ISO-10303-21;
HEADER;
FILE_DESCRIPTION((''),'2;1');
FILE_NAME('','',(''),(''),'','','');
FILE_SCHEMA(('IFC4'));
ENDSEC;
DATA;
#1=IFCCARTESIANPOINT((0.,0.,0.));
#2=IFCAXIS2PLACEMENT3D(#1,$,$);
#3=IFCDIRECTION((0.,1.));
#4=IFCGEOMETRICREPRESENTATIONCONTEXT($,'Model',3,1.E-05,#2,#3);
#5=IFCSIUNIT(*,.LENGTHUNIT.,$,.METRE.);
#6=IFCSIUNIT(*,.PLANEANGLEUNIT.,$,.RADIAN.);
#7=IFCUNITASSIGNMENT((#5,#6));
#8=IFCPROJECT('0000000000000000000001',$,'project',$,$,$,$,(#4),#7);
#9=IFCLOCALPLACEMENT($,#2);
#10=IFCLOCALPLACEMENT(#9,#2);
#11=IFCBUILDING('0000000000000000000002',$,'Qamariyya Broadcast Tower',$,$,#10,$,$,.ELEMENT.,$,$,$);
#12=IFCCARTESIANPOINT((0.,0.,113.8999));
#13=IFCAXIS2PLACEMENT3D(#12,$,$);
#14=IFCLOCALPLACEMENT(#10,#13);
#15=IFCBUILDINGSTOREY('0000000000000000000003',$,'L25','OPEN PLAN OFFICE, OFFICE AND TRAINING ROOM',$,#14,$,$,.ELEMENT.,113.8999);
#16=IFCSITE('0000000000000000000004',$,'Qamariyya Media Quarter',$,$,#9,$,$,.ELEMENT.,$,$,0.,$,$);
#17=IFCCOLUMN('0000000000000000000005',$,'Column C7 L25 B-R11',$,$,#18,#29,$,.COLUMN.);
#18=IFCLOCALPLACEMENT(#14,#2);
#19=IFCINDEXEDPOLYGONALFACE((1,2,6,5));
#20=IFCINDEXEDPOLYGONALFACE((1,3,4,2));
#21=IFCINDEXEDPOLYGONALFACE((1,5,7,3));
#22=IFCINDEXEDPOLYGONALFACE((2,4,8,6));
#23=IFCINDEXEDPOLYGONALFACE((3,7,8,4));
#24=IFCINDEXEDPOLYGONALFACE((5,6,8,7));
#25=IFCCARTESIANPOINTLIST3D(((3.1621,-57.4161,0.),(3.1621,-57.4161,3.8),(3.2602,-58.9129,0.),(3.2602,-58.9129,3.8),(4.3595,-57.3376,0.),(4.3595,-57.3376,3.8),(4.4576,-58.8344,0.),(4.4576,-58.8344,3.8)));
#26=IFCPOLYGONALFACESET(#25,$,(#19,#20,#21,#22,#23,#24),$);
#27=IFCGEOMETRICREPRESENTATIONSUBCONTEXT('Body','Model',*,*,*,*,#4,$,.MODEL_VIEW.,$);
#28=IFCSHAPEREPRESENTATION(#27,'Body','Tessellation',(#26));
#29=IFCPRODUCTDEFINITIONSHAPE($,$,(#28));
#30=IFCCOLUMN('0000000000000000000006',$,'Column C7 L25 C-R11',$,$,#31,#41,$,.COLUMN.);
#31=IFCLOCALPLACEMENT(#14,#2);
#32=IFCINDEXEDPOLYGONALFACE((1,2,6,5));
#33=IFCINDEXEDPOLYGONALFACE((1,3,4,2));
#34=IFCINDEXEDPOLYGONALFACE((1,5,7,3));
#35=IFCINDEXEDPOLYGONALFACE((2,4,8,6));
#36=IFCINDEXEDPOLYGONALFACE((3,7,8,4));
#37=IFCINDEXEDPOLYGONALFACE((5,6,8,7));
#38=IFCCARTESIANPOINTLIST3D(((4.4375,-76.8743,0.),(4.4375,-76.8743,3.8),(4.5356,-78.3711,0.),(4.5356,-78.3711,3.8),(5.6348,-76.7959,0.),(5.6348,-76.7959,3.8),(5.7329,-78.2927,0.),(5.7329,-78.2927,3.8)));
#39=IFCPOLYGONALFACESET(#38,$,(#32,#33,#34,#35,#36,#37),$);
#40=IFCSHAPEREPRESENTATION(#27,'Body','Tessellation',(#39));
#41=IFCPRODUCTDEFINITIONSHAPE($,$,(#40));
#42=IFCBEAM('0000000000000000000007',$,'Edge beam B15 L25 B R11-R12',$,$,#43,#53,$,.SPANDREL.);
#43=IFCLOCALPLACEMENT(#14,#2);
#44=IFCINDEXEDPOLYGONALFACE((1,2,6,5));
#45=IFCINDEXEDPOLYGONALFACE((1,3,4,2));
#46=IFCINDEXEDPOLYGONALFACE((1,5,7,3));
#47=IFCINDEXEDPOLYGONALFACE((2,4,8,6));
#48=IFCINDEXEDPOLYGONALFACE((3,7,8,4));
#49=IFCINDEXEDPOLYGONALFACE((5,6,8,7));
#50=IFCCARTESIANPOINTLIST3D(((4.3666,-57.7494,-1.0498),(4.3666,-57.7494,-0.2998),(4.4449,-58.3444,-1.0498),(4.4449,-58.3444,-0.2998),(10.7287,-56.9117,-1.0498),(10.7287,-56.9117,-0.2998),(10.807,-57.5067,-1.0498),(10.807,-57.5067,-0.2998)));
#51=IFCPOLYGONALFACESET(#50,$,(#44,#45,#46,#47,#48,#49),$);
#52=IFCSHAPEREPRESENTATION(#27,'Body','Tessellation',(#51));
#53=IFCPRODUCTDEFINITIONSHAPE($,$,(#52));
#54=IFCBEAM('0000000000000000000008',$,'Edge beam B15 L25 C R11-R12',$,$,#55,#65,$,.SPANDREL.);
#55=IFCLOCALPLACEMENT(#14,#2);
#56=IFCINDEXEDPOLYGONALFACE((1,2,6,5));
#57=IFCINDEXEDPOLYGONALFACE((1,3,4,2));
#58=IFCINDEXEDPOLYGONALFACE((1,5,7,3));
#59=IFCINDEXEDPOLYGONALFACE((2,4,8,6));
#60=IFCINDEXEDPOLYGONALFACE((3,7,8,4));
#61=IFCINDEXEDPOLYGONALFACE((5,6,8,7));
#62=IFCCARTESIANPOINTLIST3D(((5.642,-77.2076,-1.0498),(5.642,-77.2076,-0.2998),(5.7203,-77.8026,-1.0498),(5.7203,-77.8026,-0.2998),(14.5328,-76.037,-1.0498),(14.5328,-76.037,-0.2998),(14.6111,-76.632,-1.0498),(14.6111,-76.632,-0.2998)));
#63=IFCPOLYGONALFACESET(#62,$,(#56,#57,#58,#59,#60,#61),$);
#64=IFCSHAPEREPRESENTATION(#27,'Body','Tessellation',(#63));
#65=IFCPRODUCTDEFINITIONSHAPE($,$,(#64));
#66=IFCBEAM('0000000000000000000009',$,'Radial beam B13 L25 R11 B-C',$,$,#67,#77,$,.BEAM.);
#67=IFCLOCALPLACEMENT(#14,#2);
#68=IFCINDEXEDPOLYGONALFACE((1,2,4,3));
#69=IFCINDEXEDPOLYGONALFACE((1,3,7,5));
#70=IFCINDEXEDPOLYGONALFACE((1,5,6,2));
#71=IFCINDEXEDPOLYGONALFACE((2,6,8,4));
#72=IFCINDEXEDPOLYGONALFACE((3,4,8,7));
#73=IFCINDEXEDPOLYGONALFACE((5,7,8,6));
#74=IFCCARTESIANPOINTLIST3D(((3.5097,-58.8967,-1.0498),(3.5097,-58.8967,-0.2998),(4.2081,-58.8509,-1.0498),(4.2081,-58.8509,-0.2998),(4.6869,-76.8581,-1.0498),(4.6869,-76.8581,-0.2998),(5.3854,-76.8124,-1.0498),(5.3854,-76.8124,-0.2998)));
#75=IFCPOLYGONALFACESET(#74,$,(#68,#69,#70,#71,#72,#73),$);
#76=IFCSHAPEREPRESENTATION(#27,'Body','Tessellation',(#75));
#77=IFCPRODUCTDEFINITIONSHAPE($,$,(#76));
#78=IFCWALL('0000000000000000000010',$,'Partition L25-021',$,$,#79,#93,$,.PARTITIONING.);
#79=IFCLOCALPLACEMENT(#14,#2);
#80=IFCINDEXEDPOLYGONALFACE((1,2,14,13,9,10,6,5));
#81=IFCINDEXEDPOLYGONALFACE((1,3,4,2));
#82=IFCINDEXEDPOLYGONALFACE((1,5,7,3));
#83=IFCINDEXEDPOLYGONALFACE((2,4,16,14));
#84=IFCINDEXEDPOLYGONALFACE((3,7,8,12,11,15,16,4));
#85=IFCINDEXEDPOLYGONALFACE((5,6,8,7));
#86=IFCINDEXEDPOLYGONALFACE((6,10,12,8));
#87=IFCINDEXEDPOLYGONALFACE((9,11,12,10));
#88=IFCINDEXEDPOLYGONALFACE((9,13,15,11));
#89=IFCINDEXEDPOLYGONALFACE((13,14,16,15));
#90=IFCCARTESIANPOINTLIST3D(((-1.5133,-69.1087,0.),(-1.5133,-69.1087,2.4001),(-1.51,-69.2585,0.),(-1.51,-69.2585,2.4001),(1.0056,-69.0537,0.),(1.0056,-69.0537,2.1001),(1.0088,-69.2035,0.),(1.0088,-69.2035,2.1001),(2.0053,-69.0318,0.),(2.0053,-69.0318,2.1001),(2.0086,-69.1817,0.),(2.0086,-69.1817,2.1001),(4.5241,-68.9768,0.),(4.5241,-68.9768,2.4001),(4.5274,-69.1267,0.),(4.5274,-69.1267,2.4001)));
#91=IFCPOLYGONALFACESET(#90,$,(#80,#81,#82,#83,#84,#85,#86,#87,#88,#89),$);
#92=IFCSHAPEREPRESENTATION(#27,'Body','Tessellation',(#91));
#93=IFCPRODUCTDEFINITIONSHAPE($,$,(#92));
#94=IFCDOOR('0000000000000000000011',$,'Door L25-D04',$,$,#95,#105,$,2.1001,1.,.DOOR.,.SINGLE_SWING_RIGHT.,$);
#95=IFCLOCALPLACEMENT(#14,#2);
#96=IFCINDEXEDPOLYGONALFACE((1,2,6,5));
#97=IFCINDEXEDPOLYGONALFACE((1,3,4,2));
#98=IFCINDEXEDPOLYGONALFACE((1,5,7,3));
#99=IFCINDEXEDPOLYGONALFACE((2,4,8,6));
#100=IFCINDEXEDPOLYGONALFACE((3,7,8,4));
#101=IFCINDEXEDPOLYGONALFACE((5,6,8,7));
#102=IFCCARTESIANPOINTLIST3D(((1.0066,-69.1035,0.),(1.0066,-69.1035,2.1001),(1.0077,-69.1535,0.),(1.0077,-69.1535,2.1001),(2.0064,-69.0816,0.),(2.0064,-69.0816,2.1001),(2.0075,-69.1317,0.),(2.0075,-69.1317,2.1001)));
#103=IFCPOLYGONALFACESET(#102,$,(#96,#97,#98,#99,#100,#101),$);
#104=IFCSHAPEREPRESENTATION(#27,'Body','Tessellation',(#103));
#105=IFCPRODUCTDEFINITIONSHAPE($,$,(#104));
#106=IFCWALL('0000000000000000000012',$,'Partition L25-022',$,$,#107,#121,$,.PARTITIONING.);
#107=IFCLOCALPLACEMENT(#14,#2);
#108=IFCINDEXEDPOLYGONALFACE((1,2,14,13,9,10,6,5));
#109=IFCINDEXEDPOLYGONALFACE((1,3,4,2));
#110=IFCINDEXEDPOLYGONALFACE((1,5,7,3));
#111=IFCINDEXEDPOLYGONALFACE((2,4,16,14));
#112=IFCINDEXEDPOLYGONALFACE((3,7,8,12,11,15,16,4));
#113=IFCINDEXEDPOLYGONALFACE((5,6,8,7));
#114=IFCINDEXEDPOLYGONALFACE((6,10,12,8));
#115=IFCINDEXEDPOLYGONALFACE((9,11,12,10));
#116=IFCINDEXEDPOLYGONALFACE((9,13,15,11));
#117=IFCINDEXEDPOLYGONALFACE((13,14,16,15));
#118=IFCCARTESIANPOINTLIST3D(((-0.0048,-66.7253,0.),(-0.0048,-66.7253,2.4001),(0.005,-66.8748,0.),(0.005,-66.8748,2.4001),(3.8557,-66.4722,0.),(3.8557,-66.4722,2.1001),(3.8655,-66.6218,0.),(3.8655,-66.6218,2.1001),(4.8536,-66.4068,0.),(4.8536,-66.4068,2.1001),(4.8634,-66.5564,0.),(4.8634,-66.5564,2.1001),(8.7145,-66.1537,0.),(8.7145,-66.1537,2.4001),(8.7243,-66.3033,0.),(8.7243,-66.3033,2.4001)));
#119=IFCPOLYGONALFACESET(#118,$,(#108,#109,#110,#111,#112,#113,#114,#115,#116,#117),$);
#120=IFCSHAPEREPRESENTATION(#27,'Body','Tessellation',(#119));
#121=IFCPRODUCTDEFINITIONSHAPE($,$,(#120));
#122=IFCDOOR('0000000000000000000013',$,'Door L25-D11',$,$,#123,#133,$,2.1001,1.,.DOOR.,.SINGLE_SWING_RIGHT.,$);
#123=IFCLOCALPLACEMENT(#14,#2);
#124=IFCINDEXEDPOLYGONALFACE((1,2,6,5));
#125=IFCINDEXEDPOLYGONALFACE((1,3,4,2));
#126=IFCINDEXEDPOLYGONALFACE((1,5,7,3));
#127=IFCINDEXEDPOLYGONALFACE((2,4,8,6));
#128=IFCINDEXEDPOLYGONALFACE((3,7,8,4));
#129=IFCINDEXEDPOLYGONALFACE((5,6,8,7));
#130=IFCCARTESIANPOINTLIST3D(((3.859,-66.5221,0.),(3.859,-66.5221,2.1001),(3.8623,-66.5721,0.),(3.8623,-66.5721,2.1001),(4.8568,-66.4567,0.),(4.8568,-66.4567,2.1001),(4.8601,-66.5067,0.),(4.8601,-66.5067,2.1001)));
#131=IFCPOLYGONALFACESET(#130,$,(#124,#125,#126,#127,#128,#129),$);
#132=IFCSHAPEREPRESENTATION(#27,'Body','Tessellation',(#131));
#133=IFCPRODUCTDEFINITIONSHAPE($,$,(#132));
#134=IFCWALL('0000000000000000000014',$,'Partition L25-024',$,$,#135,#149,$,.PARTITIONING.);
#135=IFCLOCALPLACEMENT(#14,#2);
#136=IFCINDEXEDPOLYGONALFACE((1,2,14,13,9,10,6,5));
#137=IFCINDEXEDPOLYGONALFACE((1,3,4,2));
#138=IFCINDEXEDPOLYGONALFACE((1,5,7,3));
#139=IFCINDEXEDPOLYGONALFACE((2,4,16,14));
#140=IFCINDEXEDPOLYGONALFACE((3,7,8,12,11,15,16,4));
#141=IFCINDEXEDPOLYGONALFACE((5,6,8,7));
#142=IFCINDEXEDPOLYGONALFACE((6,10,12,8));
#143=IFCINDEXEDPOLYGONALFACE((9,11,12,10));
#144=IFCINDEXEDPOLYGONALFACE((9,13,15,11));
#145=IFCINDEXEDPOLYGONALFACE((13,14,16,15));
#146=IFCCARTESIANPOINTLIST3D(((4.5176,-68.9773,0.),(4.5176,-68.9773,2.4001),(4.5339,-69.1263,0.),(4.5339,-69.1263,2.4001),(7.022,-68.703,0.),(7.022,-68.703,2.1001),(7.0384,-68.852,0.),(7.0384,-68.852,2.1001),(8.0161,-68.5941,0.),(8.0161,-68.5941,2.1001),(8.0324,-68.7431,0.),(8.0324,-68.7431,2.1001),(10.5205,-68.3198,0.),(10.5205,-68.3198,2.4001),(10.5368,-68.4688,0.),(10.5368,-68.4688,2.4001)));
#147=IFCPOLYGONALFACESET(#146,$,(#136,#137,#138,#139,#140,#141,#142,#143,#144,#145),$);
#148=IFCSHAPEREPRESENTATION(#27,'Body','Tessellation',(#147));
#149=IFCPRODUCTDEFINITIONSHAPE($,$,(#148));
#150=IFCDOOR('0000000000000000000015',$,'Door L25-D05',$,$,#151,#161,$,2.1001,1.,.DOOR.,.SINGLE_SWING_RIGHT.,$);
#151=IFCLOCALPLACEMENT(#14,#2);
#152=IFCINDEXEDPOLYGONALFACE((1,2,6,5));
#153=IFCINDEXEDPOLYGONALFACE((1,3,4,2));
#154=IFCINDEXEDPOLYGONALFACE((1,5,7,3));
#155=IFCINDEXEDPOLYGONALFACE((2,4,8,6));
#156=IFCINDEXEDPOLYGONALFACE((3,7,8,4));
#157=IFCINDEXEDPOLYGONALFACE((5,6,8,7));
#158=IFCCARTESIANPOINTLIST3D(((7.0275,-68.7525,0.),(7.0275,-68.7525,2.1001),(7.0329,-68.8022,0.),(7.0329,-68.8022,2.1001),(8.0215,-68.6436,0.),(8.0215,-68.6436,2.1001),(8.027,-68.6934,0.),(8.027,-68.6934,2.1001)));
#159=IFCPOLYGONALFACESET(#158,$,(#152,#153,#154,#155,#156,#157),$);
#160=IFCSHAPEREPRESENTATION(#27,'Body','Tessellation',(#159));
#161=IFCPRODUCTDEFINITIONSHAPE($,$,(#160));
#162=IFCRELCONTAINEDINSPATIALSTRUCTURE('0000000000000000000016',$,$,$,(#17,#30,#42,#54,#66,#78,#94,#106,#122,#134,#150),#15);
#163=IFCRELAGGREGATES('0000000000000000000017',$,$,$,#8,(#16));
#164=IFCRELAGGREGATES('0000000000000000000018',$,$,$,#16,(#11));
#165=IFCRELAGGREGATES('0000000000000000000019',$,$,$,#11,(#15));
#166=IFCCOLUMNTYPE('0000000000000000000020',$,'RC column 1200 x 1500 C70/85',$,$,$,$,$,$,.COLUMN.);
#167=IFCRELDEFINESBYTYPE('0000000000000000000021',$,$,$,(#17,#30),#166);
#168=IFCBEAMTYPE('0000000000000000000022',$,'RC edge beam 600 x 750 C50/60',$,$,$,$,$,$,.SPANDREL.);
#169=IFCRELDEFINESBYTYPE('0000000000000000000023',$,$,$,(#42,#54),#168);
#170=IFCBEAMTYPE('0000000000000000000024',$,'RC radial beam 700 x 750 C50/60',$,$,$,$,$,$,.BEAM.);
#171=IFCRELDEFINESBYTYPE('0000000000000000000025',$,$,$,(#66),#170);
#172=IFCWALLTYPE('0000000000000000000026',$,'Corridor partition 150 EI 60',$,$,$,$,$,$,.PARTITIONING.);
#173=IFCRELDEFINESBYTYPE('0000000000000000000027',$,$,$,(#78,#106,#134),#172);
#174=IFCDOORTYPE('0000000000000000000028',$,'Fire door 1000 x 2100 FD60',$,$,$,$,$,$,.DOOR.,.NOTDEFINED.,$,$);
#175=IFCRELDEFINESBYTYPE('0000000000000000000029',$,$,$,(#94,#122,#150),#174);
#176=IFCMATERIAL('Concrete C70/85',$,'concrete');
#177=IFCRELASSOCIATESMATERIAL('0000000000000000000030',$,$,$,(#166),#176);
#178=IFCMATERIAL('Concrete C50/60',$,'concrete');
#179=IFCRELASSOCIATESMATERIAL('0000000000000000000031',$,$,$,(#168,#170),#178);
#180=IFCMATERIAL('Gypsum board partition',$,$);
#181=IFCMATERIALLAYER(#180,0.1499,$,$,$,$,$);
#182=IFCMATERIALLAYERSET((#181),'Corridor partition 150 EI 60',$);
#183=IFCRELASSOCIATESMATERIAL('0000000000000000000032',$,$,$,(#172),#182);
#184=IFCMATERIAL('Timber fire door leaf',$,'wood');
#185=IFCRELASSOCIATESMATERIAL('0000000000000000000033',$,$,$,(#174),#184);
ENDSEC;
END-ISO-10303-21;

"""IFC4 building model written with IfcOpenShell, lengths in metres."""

from ifc_helpers import new_model, si_unit, direction, frame, frame_2d, origin, origin_2d, place, context, subcontext, project, spatial, rectangle, extrude, material, layer, layer_set, material_profile, profile_set, type_object, element, fill, save


model = new_model("IFC4")

# Units and contexts
model_context = context("Model", 3, precision=1e-05, world=origin(), true_north=direction((0.0, 1.0)))
body_context = subcontext(model_context, "Body", "Model", "MODEL_VIEW")
ifc_project = project(units=[si_unit("LENGTHUNIT", "METRE"), si_unit("PLANEANGLEUNIT", "RADIAN")], contexts=[model_context])

# Site, building, storey
site_placement = place(None, origin())
site = spatial("IfcSite", under=ifc_project, at=site_placement, Name="Qamariyya Media Quarter", CompositionType="ELEMENT", RefElevation=0.0)
building_placement = place(site_placement, origin())
building = spatial("IfcBuilding", under=site, at=building_placement, Name="Qamariyya Broadcast Tower", CompositionType="ELEMENT")
storey_placement = place(building_placement, frame((0.0, 0.0, 113.8999)))
storey = spatial("IfcBuildingStorey", under=building, at=storey_placement, Name="L25", Description="OPEN PLAN OFFICE, OFFICE AND TRAINING ROOM", CompositionType="ELEMENT", Elevation=113.8999)

# Columns
ifc_material_1 = material(Name="Concrete C70/85", Category="concrete")
ifc_material_profile_1 = material_profile(ifc_material_1, rectangle(XDim=1.2, YDim=1.5, at=origin_2d()))
ifc_profile_set_1 = profile_set([ifc_material_profile_1], Name="Concrete C70/85")
column_type = type_object("IfcColumnType", Name="RC column 1200 x 1500 C70/85", PredefinedType="COLUMN", material=ifc_profile_set_1)
for number, where, z_axis, x_axis, name in (
    (1, (3.8098, -58.1252, 0.0), (0.0, 0.0, 1.0), (0.997859, 0.065403, 0.0), "Column C7 L25 B-R11"),
    (2, (5.0852, -77.5835, 0.0), (0.0, 0.0, 1.0), (0.997859, 0.065403, 0.0), "Column C7 L25 C-R11"),
):
    element("IfcColumn", number, at=place(storey_placement, frame(where, z_axis=z_axis, x_axis=x_axis)), inside=storey, type_object=column_type, Name=name, PredefinedType="COLUMN", context=body_context, shape_type="SweptSolid", body=[
        extrude(rectangle(XDim=1.2, YDim=1.5, at=origin_2d()), origin(), (0.0, 0.0, 1.0), 3.8),
    ])

# Beams
ifc_material_2 = material(Name="Concrete C50/60", Category="concrete")
ifc_material_profile_2 = material_profile(ifc_material_2, rectangle(XDim=0.6001, YDim=0.75, at=origin_2d()))
ifc_profile_set_2 = profile_set([ifc_material_profile_2], Name="Concrete C50/60")
beam_type_1 = type_object("IfcBeamType", Name="RC edge beam 600 x 750 C50/60", PredefinedType="SPANDREL", material=ifc_profile_set_2)
beam_1_placement = place(storey_placement, frame((4.4058, -58.0469, -0.6748), z_axis=(0.991444, 0.130536, 0.0), x_axis=(-0.130536, 0.991444, 0.0)))
element("IfcBeam", 3, at=beam_1_placement, inside=storey, type_object=beam_type_1, Name="Edge beam B15 L25 B R11-R12", PredefinedType="SPANDREL", context=body_context, shape_type="SweptSolid", body=[
    extrude(rectangle(XDim=0.6001, YDim=0.75, at=origin_2d()), origin(), (0.0, 0.0, 1.0), 6.417),
])
beam_2_placement = place(storey_placement, frame((5.6812, -77.5051, -0.6748), z_axis=(0.991443, 0.130543, 0.0), x_axis=(-0.130543, 0.991443, 0.0)))
element("IfcBeam", 4, at=beam_2_placement, inside=storey, type_object=beam_type_1, Name="Edge beam B15 L25 C R11-R12", PredefinedType="SPANDREL", context=body_context, shape_type="SweptSolid", body=[
    extrude(rectangle(XDim=0.6001, YDim=0.75, at=origin_2d()), origin(), (0.0, 0.0, 1.0), 8.9675),
])
ifc_material_profile_3 = material_profile(ifc_material_2, rectangle(XDim=0.7, YDim=0.75, at=origin_2d()))
ifc_profile_set_3 = profile_set([ifc_material_profile_3], Name="Concrete C50/60")
beam_type_2 = type_object("IfcBeamType", Name="RC radial beam 700 x 750 C50/60", PredefinedType="BEAM", material=ifc_profile_set_3)
beam_3_placement = place(storey_placement, frame((3.8589, -58.8738, -0.6748), z_axis=(0.065403, -0.997859, 0.0), x_axis=(0.997859, 0.065403, 0.0)))
element("IfcBeam", 5, at=beam_3_placement, inside=storey, type_object=beam_type_2, Name="Radial beam B13 L25 R11 B-C", PredefinedType="BEAM", context=body_context, shape_type="SweptSolid", body=[
    extrude(rectangle(XDim=0.7, YDim=0.75, at=origin_2d()), origin(), (0.0, 0.0, 1.0), 18.0),
])

# Walls, openings, doors
ifc_material_3 = material(Name="Gypsum board partition")
ifc_layer_1 = layer(ifc_material_3, 0.1499)
ifc_layer_set_1 = layer_set([ifc_layer_1], Name="Corridor partition 150 EI 60")
wall_type_1 = type_object("IfcWallType", Name="Corridor partition 150 EI 60", PredefinedType="PARTITIONING", material=ifc_layer_set_1)
wall_1_placement = place(storey_placement, frame((4.5259, -69.0518, 0.0), z_axis=(0.0, 0.0, 1.0), x_axis=(-0.999762, -0.021832, 0.0)))
wall_1 = element("IfcWall", 6, at=wall_1_placement, inside=storey, type_object=wall_type_1, Name="Partition L25-021", PredefinedType="PARTITIONING", context=body_context, shape_type="SweptSolid", body=[
    extrude(rectangle(XDim=6.0388, YDim=0.1499, at=frame_2d((3.0195, 0.0))), origin(), (0.0, 0.0, 1.0), 2.4001),
])
opening_1_placement = place(wall_1_placement, frame((2.5195, 0.0, 0.0)))
opening_1 = element("IfcOpeningElement", 7, at=opening_1_placement, cuts=wall_1, PredefinedType="OPENING", context=body_context, shape_type="SweptSolid", body=[
    extrude(rectangle(XDim=1.0, YDim=2.1001, at=frame_2d((0.5, 1.05))), frame((0.0, 0.085, 0.0), z_axis=(0.0, -1.0, 0.0), x_axis=(1.0, 0.0, 0.0)), (0.0, 0.0, 1.0), 0.1699),
])
ifc_material_4 = material(Name="Timber fire door leaf", Category="wood")
door_type_1 = type_object("IfcDoorType", Name="Fire door 1000 x 2100 FD60", OperationType="NOTDEFINED", PredefinedType="DOOR", material=ifc_material_4)
door_1_placement = place(opening_1_placement, origin())
door_1 = element("IfcDoor", 8, at=door_1_placement, inside=storey, type_object=door_type_1, Name="Door L25-D04", OperationType="SINGLE_SWING_RIGHT", OverallHeight=2.1001, OverallWidth=1.0, PredefinedType="DOOR", context=body_context, shape_type="SweptSolid", body=[
    extrude(rectangle(XDim=1.0, YDim=2.1001, at=frame_2d((0.5, 1.05))), frame((0.0, 0.0249, 0.0), z_axis=(0.0, -1.0, 0.0), x_axis=(1.0, 0.0, 0.0)), (0.0, 0.0, 1.0), 0.05),
])
fill(opening_1, door_1)
wall_2_placement = place(storey_placement, frame((0.0, -66.8, 0.0), z_axis=(0.0, 0.0, 1.0), x_axis=(0.997859, 0.065408, 0.0)))
wall_2 = element("IfcWall", 9, at=wall_2_placement, inside=storey, type_object=wall_type_1, Name="Partition L25-022", PredefinedType="PARTITIONING", context=body_context, shape_type="SweptSolid", body=[
    extrude(rectangle(XDim=8.738, YDim=0.1499, at=frame_2d((4.3691, 0.0))), origin(), (0.0, 0.0, 1.0), 2.4001),
])
opening_2_placement = place(wall_2_placement, frame((3.8689, 0.0, 0.0)))
opening_2 = element("IfcOpeningElement", 10, at=opening_2_placement, cuts=wall_2, PredefinedType="OPENING", context=body_context, shape_type="SweptSolid", body=[
    extrude(rectangle(XDim=1.0, YDim=2.1001, at=frame_2d((0.5, 1.05))), frame((0.0, 0.085, 0.0), z_axis=(0.0, -1.0, 0.0), x_axis=(1.0, 0.0, 0.0)), (0.0, 0.0, 1.0), 0.1699),
])
door_2_placement = place(opening_2_placement, origin())
door_2 = element("IfcDoor", 11, at=door_2_placement, inside=storey, type_object=door_type_1, Name="Door L25-D11", OperationType="SINGLE_SWING_RIGHT", OverallHeight=2.1001, OverallWidth=1.0, PredefinedType="DOOR", context=body_context, shape_type="SweptSolid", body=[
    extrude(rectangle(XDim=1.0, YDim=2.1001, at=frame_2d((0.5, 1.05))), frame((0.0, 0.0249, 0.0), z_axis=(0.0, -1.0, 0.0), x_axis=(1.0, 0.0, 0.0)), (0.0, 0.0, 1.0), 0.05),
])
fill(opening_2, door_2)
wall_3_placement = place(storey_placement, frame((10.5288, -68.3943, 0.0), z_axis=(0.0, 0.0, 1.0), x_axis=(-0.994056, -0.108874, 0.0)))
wall_3 = element("IfcWall", 12, at=wall_3_placement, inside=storey, type_object=wall_type_1, Name="Partition L25-024", PredefinedType="PARTITIONING", context=body_context, shape_type="SweptSolid", body=[
    extrude(rectangle(XDim=6.0388, YDim=0.1499, at=frame_2d((3.0195, 0.0))), origin(), (0.0, 0.0, 1.0), 2.4001),
])
opening_3_placement = place(wall_3_placement, frame((2.5195, 0.0, 0.0)))
opening_3 = element("IfcOpeningElement", 13, at=opening_3_placement, cuts=wall_3, PredefinedType="OPENING", context=body_context, shape_type="SweptSolid", body=[
    extrude(rectangle(XDim=1.0, YDim=2.1001, at=frame_2d((0.5, 1.05))), frame((0.0, 0.085, 0.0), z_axis=(0.0, -1.0, 0.0), x_axis=(1.0, 0.0, 0.0)), (0.0, 0.0, 1.0), 0.1699),
])
door_3_placement = place(opening_3_placement, origin())
door_3 = element("IfcDoor", 14, at=door_3_placement, inside=storey, type_object=door_type_1, Name="Door L25-D05", OperationType="SINGLE_SWING_RIGHT", OverallHeight=2.1001, OverallWidth=1.0, PredefinedType="DOOR", context=body_context, shape_type="SweptSolid", body=[
    extrude(rectangle(XDim=1.0, YDim=2.1001, at=frame_2d((0.5, 1.05))), frame((0.0, 0.0249, 0.0), z_axis=(0.0, -1.0, 0.0), x_axis=(1.0, 0.0, 0.0)), (0.0, 0.0, 1.0), 0.05),
])
fill(opening_3, door_3)

save(model, "model.ifc")
